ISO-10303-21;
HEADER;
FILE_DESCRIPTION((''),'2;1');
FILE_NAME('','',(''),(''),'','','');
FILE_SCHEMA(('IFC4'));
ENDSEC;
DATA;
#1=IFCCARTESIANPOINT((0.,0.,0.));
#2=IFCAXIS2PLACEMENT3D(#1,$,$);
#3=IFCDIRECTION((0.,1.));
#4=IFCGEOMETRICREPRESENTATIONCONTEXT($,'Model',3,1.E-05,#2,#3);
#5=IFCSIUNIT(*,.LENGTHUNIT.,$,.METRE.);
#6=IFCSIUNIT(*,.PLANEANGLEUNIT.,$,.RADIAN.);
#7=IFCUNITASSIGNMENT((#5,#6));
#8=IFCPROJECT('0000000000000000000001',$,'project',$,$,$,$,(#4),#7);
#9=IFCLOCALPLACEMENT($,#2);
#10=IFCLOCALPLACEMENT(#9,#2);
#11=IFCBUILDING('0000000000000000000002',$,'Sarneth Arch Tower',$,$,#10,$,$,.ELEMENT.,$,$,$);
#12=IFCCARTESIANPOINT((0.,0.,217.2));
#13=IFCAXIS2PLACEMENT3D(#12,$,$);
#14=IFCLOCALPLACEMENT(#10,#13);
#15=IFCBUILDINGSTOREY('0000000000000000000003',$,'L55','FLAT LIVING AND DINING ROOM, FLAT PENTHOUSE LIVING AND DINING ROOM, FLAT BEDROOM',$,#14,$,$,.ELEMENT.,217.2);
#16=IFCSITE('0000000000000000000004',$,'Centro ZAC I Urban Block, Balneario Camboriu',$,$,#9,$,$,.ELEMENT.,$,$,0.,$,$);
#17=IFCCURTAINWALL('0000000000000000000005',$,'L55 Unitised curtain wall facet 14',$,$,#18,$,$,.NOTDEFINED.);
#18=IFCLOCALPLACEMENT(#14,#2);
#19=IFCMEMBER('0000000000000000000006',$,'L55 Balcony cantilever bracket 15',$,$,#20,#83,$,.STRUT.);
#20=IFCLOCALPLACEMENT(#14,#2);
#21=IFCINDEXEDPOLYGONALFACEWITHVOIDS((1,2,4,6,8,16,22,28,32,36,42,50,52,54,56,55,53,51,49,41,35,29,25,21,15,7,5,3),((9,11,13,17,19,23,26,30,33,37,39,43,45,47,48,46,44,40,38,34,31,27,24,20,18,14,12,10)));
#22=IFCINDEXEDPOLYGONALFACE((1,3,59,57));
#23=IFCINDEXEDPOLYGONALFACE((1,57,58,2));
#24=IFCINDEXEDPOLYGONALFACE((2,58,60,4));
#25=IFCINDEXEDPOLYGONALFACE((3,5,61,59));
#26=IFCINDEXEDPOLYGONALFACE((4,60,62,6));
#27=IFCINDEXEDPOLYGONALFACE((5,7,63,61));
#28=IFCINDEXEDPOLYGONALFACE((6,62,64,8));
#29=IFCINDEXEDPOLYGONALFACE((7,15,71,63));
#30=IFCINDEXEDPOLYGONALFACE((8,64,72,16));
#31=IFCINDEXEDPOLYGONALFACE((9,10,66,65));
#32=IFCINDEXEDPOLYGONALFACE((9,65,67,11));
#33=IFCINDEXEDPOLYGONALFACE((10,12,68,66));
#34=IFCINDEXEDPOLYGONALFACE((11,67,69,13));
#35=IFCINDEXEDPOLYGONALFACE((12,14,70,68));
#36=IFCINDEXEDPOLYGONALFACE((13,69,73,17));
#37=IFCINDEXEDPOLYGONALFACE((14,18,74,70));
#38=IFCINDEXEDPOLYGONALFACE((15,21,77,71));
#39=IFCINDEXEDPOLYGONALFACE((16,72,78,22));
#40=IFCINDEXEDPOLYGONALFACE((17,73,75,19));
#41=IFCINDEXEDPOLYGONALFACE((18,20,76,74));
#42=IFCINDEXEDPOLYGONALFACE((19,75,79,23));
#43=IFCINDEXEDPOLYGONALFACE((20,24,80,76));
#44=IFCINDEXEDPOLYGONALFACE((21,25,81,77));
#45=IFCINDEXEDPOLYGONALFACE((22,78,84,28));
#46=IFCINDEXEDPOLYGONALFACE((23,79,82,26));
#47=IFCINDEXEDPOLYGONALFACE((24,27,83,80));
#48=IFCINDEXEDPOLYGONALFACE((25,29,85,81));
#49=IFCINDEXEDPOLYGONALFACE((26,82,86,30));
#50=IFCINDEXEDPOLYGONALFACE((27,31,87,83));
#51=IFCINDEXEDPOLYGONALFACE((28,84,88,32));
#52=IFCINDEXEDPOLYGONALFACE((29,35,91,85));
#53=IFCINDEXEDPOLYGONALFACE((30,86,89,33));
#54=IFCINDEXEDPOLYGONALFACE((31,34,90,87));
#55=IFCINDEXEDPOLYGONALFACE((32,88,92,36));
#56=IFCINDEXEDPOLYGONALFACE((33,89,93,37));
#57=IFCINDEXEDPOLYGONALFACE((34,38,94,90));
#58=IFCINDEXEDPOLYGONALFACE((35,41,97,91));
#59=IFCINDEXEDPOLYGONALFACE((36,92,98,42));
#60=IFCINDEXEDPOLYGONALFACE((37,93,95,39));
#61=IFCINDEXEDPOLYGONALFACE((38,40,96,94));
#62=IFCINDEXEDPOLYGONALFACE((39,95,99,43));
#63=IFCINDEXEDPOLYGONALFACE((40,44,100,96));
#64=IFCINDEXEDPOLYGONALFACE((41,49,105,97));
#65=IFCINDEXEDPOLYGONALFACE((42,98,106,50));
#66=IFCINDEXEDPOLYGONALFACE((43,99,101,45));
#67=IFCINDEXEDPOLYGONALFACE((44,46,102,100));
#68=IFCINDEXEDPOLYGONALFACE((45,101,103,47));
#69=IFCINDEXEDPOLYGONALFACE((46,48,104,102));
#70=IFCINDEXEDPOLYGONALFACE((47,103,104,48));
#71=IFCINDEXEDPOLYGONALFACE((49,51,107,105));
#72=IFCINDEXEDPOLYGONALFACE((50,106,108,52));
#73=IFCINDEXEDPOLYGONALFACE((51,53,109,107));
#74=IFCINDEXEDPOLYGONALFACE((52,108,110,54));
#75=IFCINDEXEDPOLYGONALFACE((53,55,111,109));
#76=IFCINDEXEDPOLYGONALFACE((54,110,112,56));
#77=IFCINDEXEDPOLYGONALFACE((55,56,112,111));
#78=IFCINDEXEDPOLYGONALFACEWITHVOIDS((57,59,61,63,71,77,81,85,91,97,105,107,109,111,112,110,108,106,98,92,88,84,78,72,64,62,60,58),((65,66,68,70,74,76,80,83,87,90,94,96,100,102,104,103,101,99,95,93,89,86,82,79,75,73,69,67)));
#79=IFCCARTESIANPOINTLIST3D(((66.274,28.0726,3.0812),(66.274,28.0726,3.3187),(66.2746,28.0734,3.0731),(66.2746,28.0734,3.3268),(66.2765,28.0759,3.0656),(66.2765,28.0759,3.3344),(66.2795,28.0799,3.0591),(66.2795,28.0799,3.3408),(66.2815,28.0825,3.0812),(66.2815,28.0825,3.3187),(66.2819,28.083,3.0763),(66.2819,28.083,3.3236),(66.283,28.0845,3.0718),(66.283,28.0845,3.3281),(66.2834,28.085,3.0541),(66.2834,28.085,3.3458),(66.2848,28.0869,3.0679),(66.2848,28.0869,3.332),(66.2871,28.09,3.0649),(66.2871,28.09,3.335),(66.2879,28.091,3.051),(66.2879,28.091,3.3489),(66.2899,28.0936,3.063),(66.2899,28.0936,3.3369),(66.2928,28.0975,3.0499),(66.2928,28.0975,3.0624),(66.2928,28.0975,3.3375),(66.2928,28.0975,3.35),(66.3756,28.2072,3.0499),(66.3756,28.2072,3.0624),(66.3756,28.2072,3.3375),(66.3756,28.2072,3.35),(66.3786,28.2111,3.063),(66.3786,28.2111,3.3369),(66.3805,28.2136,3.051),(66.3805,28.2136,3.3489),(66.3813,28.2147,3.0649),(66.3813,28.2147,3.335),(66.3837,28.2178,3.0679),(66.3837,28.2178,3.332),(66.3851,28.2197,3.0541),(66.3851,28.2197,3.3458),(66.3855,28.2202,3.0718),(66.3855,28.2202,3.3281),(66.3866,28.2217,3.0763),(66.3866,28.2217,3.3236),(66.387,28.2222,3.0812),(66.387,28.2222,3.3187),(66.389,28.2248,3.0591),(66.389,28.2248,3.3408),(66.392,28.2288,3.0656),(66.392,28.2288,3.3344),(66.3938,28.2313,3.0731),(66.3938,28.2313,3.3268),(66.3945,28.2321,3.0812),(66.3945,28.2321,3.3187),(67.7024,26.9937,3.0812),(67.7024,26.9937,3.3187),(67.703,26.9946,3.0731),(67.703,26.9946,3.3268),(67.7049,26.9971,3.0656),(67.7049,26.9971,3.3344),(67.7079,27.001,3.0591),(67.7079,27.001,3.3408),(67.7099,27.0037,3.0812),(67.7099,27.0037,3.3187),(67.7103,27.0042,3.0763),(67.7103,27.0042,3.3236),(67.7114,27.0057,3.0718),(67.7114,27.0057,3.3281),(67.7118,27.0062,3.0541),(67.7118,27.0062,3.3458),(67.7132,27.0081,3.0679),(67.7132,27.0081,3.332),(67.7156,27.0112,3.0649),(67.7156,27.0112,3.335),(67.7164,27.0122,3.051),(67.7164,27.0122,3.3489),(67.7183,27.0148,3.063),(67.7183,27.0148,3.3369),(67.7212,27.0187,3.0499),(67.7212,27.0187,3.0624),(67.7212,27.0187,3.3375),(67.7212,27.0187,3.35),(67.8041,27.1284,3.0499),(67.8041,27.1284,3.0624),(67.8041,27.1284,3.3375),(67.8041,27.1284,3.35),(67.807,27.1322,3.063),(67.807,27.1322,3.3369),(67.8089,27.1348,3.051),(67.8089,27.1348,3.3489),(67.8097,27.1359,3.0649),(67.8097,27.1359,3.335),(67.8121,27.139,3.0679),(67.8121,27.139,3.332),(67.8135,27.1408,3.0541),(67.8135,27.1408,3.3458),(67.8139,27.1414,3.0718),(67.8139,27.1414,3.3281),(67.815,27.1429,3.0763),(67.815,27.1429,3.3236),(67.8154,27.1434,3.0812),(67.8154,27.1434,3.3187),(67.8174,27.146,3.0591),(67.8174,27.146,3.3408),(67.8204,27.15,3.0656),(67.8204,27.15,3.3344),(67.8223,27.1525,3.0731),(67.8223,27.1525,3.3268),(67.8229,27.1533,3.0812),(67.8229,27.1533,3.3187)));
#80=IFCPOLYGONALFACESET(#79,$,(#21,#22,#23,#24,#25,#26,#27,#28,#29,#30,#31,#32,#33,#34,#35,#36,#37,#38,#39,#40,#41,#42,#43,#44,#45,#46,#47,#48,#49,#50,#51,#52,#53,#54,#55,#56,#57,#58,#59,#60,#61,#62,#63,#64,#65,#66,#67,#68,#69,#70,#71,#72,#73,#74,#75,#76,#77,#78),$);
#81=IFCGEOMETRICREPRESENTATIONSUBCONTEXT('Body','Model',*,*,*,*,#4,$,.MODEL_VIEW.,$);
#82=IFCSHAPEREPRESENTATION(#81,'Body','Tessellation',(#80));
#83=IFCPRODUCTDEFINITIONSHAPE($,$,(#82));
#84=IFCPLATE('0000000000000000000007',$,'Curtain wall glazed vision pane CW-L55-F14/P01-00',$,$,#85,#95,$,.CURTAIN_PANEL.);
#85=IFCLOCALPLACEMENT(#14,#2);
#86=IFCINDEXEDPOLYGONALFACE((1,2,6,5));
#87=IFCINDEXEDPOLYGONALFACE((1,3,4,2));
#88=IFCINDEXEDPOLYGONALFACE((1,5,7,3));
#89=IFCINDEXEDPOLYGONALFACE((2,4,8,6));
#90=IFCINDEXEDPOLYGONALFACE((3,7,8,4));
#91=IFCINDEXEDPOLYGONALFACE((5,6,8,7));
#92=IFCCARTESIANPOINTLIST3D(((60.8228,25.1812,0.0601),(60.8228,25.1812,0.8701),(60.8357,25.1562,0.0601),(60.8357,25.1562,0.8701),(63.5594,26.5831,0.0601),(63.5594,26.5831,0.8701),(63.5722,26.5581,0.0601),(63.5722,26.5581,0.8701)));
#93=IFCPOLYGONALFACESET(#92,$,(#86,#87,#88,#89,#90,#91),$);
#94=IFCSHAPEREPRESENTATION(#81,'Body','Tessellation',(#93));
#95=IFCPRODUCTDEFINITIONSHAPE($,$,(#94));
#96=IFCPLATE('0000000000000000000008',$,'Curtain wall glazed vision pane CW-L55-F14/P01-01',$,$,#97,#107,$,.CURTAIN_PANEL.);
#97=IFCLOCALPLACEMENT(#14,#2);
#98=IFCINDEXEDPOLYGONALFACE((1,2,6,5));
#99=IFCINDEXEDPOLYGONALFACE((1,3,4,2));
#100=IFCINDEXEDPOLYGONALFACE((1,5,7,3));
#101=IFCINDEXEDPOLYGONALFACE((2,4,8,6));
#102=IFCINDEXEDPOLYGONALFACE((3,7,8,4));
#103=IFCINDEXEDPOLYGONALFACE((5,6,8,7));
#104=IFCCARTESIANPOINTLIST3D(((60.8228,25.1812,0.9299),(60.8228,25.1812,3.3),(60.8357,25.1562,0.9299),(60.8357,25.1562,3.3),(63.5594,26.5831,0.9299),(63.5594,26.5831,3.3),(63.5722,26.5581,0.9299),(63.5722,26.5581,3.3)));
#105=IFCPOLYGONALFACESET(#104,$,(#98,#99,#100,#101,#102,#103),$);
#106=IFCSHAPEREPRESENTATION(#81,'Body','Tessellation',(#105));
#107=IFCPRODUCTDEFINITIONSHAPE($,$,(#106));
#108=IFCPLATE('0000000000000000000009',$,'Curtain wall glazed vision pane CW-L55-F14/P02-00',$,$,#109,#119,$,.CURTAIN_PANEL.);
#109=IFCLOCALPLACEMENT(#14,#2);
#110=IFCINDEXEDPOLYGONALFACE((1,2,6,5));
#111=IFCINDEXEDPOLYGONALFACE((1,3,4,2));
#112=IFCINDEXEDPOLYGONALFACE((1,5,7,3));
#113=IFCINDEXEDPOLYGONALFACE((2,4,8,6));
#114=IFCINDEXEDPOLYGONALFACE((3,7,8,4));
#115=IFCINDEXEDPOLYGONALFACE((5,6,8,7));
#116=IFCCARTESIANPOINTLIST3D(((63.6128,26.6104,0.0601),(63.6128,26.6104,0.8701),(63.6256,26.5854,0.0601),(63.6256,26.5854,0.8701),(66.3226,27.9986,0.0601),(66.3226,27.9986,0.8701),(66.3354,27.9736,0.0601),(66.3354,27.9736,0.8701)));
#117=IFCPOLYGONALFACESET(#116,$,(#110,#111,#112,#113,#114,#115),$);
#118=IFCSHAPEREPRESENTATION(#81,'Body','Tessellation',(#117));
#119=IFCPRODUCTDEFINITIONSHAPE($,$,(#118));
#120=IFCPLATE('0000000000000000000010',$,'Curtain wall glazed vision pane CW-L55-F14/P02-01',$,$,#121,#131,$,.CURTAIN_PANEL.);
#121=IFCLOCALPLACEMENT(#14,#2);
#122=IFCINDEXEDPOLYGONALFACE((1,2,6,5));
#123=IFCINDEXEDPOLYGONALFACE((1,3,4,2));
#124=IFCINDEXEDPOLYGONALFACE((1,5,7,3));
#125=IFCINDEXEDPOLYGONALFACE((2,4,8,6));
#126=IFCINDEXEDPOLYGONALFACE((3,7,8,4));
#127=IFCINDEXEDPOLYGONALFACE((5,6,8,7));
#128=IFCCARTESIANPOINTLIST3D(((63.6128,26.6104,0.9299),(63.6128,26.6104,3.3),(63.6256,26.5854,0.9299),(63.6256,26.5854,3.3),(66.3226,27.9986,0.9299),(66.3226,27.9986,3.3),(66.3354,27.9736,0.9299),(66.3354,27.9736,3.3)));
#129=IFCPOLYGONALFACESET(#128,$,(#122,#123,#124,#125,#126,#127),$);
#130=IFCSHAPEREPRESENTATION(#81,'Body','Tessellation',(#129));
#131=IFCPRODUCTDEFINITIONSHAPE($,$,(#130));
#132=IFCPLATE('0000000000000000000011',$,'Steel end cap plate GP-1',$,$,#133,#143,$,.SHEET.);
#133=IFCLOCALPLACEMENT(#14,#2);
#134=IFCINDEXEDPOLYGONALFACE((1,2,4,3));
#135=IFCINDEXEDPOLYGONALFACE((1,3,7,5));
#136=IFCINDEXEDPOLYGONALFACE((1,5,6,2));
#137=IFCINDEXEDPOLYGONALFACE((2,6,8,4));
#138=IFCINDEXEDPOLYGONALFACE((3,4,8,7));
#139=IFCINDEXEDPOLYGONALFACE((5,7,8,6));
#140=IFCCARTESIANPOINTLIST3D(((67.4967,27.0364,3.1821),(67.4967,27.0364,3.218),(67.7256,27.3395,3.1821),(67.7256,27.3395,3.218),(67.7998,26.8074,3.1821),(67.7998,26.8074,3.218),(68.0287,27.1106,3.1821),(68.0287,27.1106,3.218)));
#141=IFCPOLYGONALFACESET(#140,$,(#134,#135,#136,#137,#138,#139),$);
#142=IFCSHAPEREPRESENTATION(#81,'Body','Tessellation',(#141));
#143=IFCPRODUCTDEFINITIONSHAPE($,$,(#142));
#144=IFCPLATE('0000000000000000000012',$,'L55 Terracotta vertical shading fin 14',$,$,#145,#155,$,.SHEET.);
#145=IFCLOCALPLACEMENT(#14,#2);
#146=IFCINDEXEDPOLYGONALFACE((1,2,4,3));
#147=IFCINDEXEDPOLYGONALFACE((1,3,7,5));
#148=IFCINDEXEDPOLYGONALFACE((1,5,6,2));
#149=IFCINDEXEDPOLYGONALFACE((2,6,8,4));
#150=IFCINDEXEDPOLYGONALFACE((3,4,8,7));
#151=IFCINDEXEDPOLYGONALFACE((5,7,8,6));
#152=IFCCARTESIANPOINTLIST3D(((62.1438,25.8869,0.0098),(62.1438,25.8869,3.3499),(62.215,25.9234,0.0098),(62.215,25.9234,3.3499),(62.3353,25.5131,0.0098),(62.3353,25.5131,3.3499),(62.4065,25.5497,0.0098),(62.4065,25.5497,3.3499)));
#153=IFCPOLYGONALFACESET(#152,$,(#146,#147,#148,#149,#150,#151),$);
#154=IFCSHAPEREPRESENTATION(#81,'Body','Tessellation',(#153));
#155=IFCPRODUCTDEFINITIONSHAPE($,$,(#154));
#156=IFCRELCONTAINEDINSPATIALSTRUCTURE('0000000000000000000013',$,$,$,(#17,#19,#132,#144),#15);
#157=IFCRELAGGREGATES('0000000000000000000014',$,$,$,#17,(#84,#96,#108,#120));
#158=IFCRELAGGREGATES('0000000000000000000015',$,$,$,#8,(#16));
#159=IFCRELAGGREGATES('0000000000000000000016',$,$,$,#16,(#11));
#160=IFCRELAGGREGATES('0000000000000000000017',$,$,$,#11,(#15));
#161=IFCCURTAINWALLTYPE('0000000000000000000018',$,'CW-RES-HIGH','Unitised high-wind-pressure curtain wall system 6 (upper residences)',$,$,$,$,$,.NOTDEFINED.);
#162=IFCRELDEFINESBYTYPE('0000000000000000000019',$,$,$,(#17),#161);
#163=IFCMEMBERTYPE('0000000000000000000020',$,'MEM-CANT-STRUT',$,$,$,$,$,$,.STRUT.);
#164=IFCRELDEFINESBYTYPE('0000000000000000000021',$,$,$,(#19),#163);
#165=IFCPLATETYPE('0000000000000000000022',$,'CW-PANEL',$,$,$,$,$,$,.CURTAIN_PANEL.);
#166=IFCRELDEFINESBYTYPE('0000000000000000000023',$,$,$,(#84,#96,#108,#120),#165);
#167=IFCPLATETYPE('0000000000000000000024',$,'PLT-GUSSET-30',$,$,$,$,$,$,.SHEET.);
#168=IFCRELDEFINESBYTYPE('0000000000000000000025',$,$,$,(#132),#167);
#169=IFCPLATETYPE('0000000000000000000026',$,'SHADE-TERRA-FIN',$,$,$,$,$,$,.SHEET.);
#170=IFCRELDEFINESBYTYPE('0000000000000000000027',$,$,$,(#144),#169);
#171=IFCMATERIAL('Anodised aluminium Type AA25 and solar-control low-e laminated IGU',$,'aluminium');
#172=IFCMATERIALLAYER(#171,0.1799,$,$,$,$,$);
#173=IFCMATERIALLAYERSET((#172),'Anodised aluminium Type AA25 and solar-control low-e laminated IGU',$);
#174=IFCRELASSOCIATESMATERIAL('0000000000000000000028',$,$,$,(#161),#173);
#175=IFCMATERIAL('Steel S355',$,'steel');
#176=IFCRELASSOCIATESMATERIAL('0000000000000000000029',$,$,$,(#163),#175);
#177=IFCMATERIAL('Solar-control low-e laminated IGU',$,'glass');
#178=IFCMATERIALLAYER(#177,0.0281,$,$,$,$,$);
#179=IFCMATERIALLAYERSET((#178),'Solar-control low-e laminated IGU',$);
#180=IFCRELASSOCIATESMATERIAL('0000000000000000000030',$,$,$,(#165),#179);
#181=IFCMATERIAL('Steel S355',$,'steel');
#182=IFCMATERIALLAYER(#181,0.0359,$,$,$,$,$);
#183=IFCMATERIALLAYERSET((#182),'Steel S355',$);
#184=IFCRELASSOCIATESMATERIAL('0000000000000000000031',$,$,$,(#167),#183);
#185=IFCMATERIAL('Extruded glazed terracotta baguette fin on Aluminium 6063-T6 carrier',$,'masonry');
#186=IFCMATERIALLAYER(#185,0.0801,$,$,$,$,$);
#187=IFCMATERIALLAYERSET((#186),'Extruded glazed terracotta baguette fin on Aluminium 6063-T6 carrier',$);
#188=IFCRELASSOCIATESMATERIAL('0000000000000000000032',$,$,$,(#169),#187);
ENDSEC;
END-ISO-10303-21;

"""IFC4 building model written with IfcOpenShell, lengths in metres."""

from ifc_helpers import new_model, si_unit, direction, frame, origin, origin_2d, place, context, subcontext, project, spatial, rectangle, hollow_rectangle, extrude, material, layer, layer_set, material_profile, profile_set, type_object, element, aggregate, save


model = new_model("IFC4")

# Units and contexts
model_context = context("Model", 3, precision=1e-05, world=origin(), true_north=direction((0.0, 1.0)))
body_context = subcontext(model_context, "Body", "Model", "MODEL_VIEW")
ifc_project = project(units=[si_unit("LENGTHUNIT", "METRE"), si_unit("PLANEANGLEUNIT", "RADIAN")], contexts=[model_context])

# Site, building, storey
site_placement = place(None, origin())
site = spatial("IfcSite", under=ifc_project, at=site_placement, Name="Centro ZAC I Urban Block, Balneario Camboriu", CompositionType="ELEMENT", RefElevation=0.0)
building_placement = place(site_placement, origin())
building = spatial("IfcBuilding", under=site, at=building_placement, Name="Sarneth Arch Tower", CompositionType="ELEMENT")
storey_placement = place(building_placement, frame((0.0, 0.0, 217.2)))
storey = spatial("IfcBuildingStorey", under=building, at=storey_placement, Name="L55", Description="FLAT LIVING AND DINING ROOM, FLAT PENTHOUSE LIVING AND DINING ROOM, FLAT BEDROOM", CompositionType="ELEMENT", Elevation=217.2)

# Curtain wall
ifc_material_1 = material(Name="Anodised aluminium Type AA25 and solar-control low-e laminated IGU", Category="aluminium")
ifc_layer_1 = layer(ifc_material_1, 0.1799)
ifc_layer_set_1 = layer_set([ifc_layer_1], Name="Anodised aluminium Type AA25 and solar-control low-e laminated IGU")
curtain_wall_type = type_object("IfcCurtainWallType", Name="CW-RES-HIGH", Description="Unitised high-wind-pressure curtain wall system 6 (upper residences)", PredefinedType="NOTDEFINED", material=ifc_layer_set_1)
curtain_wall_placement = place(storey_placement, origin())
curtain_wall = element("IfcCurtainWall", 1, at=curtain_wall_placement, inside=storey, type_object=curtain_wall_type, Name="L55 Unitised curtain wall facet 14", PredefinedType="NOTDEFINED")

# Member
ifc_material_2 = material(Name="Steel S355", Category="steel")
ifc_material_profile_1 = material_profile(ifc_material_2, hollow_rectangle(XDim=0.2, YDim=0.3, WallThickness=0.0125, InnerFilletRadius=0.0188, OuterFilletRadius=0.0312, at=origin_2d()), Name="RHS300x200x12.5")
ifc_profile_set_1 = profile_set([ifc_material_profile_1], Name="Steel S355")
member_type_1 = type_object("IfcMemberType", Name="MEM-CANT-STRUT", PredefinedType="STRUT", material=ifc_profile_set_1)
member_1_placement = place(storey_placement, frame((66.3342, 28.1523, 3.2), z_axis=(0.797982, -0.602681, 0.0), x_axis=(0.602681, 0.797982, 0.0)))
element("IfcMember", 2, at=member_1_placement, inside=storey, type_object=member_type_1, Name="L55 Balcony cantilever bracket 15", PredefinedType="STRUT", context=body_context, shape_type="SweptSolid", body=[
    extrude(hollow_rectangle(XDim=0.2, YDim=0.3, WallThickness=0.0125, InnerFilletRadius=0.0188, OuterFilletRadius=0.0312, at=origin_2d()), origin(), (0.0, 0.0, 1.0), 1.79),
])

# Plates
ifc_material_3 = material(Name="Solar-control low-e laminated IGU", Category="glass")
ifc_layer_2 = layer(ifc_material_3, 0.0281)
ifc_layer_set_2 = layer_set([ifc_layer_2], Name="Solar-control low-e laminated IGU")
plate_type_1 = type_object("IfcPlateType", Name="CW-PANEL", PredefinedType="CURTAIN_PANEL", material=ifc_layer_set_2)
plate_1_placement = place(storey_placement, frame((62.1975, 25.8696, 0.0601), z_axis=(0.0, 0.0, 1.0), x_axis=(0.89001, 0.455942, 0.0)))
plate_1 = element("IfcPlate", 3, at=plate_1_placement, type_object=plate_type_1, Name="Curtain wall glazed vision pane CW-L55-F14/P01-00", PredefinedType="CURTAIN_PANEL", context=body_context, shape_type="SweptSolid", body=[
    extrude(rectangle(XDim=3.0747, YDim=0.0281, at=origin_2d()), origin(), (0.0, 0.0, 1.0), 0.8101),
])
plate_2_placement = place(storey_placement, frame((62.1975, 25.8696, 0.9299), z_axis=(0.0, 0.0, 1.0), x_axis=(0.89001, 0.455942, 0.0)))
plate_2 = element("IfcPlate", 4, at=plate_2_placement, type_object=plate_type_1, Name="Curtain wall glazed vision pane CW-L55-F14/P01-01", PredefinedType="CURTAIN_PANEL", context=body_context, shape_type="SweptSolid", body=[
    extrude(rectangle(XDim=3.0747, YDim=0.0281, at=origin_2d()), origin(), (0.0, 0.0, 1.0), 2.3701),
])
plate_3_placement = place(storey_placement, frame((64.9741, 27.292, 0.0601), z_axis=(0.0, 0.0, 1.0), x_axis=(0.89001, 0.455942, 0.0)))
plate_3 = element("IfcPlate", 5, at=plate_3_placement, type_object=plate_type_1, Name="Curtain wall glazed vision pane CW-L55-F14/P02-00", PredefinedType="CURTAIN_PANEL", context=body_context, shape_type="SweptSolid", body=[
    extrude(rectangle(XDim=3.0447, YDim=0.0281, at=origin_2d()), origin(), (0.0, 0.0, 1.0), 0.8101),
])
plate_4_placement = place(storey_placement, frame((64.9741, 27.292, 0.9299), z_axis=(0.0, 0.0, 1.0), x_axis=(0.89001, 0.455942, 0.0)))
plate_4 = element("IfcPlate", 6, at=plate_4_placement, type_object=plate_type_1, Name="Curtain wall glazed vision pane CW-L55-F14/P02-01", PredefinedType="CURTAIN_PANEL", context=body_context, shape_type="SweptSolid", body=[
    extrude(rectangle(XDim=3.0447, YDim=0.0281, at=origin_2d()), origin(), (0.0, 0.0, 1.0), 2.3701),
])
aggregate(curtain_wall, [plate_1, plate_2, plate_3, plate_4])

# Plates
ifc_material_4 = material(Name="Steel S355", Category="steel")
ifc_layer_3 = layer(ifc_material_4, 0.0359)
ifc_layer_set_3 = layer_set([ifc_layer_3], Name="Steel S355")
plate_type_2 = type_object("IfcPlateType", Name="PLT-GUSSET-30", PredefinedType="SHEET", material=ifc_layer_set_3)
plate_5_placement = place(storey_placement, frame((67.7627, 27.0735, 3.1821), z_axis=(0.0, 0.0, 1.0), x_axis=(0.798005, -0.602651, 0.0)))
element("IfcPlate", 7, at=plate_5_placement, inside=storey, type_object=plate_type_2, Name="Steel end cap plate GP-1", PredefinedType="SHEET", context=body_context, shape_type="SweptSolid", body=[
    extrude(rectangle(XDim=0.3799, YDim=0.3799, at=origin_2d()), origin(), (0.0, 0.0, 1.0), 0.0359),
])
ifc_material_5 = material(Name="Extruded glazed terracotta baguette fin on Aluminium 6063-T6 carrier", Category="masonry")
ifc_layer_4 = layer(ifc_material_5, 0.0801)
ifc_layer_set_4 = layer_set([ifc_layer_4], Name="Extruded glazed terracotta baguette fin on Aluminium 6063-T6 carrier")
plate_type_3 = type_object("IfcPlateType", Name="SHADE-TERRA-FIN", PredefinedType="SHEET", material=ifc_layer_set_4)
plate_6_placement = place(storey_placement, frame((62.2751, 25.7183, 0.0098), z_axis=(0.0, 0.0, 1.0), x_axis=(0.456011, -0.889974, 0.0)))
element("IfcPlate", 8, at=plate_6_placement, inside=storey, type_object=plate_type_3, Name="L55 Terracotta vertical shading fin 14", PredefinedType="SHEET", context=body_context, shape_type="SweptSolid", body=[
    extrude(rectangle(XDim=0.4199, YDim=0.0801, at=origin_2d()), origin(), (0.0, 0.0, 1.0), 3.3401),
])

save(model, "model.ifc")
